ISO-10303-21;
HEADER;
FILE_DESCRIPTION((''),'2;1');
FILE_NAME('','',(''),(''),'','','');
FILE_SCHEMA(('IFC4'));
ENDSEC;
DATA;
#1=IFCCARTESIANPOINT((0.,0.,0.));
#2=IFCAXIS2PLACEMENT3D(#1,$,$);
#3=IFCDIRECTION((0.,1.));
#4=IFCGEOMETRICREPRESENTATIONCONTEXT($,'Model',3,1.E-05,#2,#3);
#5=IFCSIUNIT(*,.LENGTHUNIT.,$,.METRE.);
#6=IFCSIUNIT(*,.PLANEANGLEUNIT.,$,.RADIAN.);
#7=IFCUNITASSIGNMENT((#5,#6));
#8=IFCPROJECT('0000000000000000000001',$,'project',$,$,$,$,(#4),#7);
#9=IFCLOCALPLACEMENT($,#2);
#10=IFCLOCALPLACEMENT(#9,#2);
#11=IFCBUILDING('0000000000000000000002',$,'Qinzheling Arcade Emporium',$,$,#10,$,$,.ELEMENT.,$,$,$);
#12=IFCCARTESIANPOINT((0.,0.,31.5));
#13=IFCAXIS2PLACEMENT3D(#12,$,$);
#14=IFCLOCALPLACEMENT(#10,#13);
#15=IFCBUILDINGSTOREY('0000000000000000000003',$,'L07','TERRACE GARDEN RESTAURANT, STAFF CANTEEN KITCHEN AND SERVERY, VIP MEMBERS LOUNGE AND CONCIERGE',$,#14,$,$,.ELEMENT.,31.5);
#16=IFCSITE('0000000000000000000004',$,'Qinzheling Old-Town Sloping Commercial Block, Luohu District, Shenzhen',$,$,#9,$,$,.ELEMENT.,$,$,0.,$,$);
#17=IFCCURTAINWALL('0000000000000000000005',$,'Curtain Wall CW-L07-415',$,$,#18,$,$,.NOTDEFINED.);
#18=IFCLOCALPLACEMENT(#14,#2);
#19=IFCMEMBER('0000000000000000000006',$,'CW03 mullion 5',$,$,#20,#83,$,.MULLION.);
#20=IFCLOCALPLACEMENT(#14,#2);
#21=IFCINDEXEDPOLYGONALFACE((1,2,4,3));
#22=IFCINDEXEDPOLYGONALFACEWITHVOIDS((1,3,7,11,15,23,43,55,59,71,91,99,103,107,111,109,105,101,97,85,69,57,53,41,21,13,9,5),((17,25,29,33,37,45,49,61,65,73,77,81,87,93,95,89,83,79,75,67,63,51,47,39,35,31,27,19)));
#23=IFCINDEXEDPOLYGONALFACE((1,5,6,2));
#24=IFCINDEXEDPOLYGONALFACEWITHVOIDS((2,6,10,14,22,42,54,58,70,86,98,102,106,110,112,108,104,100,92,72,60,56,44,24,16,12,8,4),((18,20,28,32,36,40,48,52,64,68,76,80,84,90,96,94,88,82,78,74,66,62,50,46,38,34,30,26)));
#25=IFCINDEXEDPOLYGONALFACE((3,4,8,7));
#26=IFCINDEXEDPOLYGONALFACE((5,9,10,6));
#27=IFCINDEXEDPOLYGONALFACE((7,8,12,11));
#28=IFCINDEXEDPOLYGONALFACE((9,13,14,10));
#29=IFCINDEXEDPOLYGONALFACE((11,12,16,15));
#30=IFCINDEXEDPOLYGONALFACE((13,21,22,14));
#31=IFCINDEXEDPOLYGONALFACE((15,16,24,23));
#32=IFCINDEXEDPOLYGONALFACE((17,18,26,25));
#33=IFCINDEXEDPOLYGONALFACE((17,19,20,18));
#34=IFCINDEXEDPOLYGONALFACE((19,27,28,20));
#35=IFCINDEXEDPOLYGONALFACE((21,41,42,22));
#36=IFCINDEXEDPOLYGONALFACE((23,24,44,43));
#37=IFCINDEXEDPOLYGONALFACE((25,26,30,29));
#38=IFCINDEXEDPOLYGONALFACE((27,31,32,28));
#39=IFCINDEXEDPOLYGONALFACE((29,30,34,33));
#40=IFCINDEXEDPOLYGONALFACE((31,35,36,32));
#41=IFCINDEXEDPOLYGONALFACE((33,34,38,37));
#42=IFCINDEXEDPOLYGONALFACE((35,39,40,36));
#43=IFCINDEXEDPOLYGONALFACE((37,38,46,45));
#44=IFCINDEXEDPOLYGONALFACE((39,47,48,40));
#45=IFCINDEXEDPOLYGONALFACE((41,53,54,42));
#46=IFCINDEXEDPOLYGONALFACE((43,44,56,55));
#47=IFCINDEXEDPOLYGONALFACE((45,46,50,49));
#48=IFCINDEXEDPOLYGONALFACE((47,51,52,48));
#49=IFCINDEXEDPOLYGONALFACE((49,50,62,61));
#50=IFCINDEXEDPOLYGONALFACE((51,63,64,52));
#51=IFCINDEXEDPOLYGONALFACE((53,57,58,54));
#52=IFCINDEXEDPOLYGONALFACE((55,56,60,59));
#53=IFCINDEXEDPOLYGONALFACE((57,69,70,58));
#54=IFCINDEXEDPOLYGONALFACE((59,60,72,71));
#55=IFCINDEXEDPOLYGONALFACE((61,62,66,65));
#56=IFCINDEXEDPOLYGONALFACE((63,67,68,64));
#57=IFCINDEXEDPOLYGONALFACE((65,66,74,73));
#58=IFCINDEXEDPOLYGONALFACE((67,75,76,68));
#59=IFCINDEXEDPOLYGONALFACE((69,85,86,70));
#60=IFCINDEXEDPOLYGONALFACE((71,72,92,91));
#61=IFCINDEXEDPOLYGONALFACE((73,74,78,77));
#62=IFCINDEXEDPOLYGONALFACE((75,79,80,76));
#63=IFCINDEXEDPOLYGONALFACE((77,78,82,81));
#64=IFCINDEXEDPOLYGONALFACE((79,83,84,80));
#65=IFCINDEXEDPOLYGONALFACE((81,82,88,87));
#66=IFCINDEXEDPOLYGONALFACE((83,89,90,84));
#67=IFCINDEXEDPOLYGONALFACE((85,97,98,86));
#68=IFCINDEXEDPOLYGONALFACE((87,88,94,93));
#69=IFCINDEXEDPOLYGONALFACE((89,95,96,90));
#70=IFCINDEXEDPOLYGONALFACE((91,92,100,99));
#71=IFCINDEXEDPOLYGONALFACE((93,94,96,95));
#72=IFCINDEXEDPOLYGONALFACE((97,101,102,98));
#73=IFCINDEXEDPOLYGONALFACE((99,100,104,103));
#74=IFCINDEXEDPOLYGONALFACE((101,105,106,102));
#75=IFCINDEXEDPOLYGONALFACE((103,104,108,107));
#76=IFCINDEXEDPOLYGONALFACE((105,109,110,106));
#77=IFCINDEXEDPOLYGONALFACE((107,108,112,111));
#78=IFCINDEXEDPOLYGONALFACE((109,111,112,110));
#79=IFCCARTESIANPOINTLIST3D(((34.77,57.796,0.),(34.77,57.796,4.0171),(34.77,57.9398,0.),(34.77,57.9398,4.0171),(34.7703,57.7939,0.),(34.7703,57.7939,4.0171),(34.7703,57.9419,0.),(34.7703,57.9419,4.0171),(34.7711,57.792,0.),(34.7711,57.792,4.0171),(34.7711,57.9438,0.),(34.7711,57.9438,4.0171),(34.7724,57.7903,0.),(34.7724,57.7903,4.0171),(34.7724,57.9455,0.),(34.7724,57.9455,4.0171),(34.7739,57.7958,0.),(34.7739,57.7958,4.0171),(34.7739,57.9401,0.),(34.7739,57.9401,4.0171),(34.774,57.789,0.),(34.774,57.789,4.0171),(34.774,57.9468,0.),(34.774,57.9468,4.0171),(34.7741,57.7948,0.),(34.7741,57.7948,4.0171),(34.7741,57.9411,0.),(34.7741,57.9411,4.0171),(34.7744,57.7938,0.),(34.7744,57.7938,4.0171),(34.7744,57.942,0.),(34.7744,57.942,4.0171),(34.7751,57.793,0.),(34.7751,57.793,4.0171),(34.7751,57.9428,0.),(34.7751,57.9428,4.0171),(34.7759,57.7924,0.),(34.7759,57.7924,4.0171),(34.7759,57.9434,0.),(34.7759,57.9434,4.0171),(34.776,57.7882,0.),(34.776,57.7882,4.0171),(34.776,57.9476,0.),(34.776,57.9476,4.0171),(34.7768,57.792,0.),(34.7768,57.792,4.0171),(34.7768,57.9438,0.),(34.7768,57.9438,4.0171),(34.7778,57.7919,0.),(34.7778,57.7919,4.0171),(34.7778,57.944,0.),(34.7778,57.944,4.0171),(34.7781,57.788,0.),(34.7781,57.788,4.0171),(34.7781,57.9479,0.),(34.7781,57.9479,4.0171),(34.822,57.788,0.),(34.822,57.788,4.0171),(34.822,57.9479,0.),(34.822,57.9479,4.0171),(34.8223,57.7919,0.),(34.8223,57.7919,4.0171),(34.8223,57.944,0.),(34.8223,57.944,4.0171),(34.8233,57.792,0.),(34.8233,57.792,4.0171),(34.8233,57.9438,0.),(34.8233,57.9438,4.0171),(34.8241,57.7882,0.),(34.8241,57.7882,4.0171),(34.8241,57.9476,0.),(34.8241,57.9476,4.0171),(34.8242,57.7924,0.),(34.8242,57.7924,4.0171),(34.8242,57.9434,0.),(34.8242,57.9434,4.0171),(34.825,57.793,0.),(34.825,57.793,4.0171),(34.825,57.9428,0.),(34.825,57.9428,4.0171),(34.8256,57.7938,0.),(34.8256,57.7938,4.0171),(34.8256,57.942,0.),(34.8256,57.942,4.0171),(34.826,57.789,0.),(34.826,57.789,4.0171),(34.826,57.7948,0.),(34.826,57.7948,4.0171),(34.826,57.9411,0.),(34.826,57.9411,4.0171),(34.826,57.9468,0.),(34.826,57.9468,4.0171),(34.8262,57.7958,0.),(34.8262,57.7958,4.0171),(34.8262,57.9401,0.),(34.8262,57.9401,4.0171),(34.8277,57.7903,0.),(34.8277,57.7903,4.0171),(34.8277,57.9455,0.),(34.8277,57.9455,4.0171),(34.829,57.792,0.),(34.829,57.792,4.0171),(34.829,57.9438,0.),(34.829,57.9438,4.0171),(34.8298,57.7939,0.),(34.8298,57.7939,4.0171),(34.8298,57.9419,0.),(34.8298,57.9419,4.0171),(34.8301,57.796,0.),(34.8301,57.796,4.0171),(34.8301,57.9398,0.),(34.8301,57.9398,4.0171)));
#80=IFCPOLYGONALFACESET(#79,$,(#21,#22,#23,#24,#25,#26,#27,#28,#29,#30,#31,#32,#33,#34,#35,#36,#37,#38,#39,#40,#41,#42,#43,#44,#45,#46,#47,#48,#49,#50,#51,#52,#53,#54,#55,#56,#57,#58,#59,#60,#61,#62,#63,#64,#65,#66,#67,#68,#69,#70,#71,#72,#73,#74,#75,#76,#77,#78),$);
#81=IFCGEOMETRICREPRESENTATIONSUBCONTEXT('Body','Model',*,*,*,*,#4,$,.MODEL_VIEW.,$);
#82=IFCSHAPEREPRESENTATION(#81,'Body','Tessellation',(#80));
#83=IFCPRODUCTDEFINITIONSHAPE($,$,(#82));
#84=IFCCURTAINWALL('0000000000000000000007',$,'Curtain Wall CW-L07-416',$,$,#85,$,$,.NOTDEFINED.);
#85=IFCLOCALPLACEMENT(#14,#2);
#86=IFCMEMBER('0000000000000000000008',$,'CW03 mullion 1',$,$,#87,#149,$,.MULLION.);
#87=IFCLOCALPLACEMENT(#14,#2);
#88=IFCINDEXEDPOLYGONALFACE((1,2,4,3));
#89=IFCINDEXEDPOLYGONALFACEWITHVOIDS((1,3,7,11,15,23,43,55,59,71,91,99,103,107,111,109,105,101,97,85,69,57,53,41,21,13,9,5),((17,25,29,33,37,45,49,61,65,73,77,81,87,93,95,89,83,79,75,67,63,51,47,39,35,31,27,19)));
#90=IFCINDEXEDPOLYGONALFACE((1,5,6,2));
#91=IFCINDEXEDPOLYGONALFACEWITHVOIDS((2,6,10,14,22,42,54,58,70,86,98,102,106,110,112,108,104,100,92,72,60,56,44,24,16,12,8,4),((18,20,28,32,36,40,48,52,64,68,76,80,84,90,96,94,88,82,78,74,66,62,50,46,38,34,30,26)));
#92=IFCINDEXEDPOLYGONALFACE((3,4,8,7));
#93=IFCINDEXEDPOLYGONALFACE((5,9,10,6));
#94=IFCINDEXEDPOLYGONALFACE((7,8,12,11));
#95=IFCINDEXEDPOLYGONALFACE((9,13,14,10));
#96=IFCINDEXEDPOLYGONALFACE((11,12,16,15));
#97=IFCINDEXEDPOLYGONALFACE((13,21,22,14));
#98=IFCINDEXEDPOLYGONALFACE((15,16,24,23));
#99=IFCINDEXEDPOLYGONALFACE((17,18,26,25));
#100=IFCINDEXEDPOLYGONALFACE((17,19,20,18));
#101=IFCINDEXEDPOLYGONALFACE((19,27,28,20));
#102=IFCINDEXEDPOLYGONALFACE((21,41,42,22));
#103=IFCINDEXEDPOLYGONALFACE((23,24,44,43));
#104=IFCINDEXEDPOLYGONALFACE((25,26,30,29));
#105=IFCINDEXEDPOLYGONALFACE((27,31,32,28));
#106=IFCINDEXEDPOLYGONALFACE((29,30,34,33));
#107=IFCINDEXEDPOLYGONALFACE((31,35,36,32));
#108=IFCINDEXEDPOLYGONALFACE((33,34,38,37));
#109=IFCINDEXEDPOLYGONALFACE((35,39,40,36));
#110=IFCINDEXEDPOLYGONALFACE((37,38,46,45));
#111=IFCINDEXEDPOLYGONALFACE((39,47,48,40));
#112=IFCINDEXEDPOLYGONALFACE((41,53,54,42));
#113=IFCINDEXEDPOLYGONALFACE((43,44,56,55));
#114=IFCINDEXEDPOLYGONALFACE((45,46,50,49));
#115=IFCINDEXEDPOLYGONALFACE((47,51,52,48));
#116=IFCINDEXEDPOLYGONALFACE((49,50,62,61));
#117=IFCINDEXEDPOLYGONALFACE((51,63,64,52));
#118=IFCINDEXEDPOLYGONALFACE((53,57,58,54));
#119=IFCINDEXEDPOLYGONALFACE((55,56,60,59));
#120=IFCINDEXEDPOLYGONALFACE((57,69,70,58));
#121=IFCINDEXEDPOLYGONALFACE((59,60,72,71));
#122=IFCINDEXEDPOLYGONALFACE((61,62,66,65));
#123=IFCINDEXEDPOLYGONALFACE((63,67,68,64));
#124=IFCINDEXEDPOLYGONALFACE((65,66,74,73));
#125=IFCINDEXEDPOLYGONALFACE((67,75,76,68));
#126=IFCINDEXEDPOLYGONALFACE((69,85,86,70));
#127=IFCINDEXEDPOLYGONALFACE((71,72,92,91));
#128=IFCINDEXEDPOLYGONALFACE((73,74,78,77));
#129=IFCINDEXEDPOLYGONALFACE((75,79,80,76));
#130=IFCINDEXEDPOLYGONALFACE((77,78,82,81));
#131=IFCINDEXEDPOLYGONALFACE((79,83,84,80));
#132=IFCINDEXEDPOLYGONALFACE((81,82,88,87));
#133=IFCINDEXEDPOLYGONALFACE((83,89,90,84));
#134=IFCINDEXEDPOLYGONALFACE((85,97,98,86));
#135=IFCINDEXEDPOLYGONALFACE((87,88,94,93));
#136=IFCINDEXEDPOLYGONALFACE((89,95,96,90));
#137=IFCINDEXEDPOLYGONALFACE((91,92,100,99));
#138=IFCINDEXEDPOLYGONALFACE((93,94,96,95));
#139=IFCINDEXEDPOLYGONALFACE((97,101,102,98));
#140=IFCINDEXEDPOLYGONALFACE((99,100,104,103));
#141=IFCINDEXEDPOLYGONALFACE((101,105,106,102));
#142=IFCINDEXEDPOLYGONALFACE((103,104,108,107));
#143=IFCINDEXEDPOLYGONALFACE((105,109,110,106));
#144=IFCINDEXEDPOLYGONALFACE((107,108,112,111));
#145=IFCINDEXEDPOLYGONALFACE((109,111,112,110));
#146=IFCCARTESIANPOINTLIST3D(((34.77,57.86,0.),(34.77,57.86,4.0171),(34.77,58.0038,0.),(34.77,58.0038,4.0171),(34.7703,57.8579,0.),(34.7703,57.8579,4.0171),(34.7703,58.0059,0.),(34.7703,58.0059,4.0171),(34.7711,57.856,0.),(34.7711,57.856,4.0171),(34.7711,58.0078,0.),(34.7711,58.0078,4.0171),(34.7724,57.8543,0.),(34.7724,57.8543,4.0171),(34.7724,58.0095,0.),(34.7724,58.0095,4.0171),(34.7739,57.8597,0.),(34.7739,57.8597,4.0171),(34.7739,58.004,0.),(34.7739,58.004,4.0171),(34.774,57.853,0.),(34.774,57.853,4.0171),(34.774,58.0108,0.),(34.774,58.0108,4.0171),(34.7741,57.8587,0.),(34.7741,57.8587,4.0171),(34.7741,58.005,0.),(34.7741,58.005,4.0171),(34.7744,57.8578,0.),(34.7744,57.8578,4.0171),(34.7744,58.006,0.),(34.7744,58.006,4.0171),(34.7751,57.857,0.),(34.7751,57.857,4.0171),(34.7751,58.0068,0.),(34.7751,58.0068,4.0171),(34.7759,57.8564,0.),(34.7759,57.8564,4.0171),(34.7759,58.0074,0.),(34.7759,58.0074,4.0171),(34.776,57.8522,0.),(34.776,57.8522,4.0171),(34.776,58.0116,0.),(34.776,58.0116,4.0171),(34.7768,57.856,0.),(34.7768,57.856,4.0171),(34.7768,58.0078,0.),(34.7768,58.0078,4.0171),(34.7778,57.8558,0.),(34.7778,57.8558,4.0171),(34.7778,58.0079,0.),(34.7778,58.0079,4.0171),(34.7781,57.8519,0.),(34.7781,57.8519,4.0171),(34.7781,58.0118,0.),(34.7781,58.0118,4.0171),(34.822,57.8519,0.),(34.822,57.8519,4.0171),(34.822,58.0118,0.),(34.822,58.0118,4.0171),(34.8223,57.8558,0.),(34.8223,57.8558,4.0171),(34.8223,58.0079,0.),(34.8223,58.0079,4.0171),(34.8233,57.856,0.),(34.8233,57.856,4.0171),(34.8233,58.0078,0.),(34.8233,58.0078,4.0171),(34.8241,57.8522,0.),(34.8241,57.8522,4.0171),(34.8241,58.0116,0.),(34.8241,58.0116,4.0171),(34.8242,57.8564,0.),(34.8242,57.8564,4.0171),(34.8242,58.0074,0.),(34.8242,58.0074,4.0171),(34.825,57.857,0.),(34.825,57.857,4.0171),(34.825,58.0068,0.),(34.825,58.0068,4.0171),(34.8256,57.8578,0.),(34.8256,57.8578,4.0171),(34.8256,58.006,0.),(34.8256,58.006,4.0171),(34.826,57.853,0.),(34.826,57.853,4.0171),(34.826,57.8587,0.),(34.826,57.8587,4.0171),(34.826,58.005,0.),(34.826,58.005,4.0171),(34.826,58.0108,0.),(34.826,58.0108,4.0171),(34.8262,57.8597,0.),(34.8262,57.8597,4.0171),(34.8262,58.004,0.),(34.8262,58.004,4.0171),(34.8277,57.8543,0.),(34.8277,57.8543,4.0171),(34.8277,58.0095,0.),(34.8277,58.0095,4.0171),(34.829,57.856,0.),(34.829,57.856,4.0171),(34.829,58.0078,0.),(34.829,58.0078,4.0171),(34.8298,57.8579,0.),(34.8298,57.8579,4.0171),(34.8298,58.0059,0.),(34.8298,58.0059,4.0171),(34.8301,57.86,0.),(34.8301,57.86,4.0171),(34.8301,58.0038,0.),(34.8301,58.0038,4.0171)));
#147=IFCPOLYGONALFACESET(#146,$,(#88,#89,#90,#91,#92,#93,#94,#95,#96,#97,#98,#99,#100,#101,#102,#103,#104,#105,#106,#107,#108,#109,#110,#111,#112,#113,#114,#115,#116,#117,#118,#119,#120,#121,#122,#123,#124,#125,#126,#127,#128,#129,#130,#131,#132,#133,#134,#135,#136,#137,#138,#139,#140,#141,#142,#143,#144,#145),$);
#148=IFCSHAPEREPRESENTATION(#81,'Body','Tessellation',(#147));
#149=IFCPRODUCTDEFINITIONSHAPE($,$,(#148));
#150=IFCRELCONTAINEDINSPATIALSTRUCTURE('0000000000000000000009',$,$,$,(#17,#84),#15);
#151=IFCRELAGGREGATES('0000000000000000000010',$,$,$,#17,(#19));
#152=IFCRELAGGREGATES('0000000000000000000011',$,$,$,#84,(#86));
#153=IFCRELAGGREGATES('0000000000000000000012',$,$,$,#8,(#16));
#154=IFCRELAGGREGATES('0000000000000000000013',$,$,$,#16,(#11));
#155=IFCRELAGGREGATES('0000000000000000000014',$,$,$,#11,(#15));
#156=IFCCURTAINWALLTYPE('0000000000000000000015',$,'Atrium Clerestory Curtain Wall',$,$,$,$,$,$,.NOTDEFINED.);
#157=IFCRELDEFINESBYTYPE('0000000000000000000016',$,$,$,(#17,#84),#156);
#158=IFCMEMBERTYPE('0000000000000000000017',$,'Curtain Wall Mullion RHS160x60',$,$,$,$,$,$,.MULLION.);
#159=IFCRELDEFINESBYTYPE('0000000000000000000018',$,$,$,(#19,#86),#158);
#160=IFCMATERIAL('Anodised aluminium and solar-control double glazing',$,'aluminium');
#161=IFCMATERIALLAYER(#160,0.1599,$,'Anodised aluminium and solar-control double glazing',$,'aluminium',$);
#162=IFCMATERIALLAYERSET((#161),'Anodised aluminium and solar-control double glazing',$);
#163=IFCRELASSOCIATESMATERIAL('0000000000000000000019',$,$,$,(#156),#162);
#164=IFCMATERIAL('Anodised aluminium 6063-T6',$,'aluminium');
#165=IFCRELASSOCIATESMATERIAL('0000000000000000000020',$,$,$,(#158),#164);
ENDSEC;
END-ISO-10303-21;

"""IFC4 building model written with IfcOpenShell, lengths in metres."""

from ifc_helpers import new_model, si_unit, direction, frame, origin, origin_2d, place, context, subcontext, project, spatial, hollow_rectangle, extrude, material, layer, layer_set, material_profile, profile_set, type_object, element, aggregate, save


model = new_model("IFC4")

# Units and contexts
model_context = context("Model", 3, precision=1e-05, world=origin(), true_north=direction((0.0, 1.0)))
body_context = subcontext(model_context, "Body", "Model", "MODEL_VIEW")
ifc_project = project(units=[si_unit("LENGTHUNIT", "METRE"), si_unit("PLANEANGLEUNIT", "RADIAN")], contexts=[model_context])

# Site, building, storey
site_placement = place(None, origin())
site = spatial("IfcSite", under=ifc_project, at=site_placement, Name="Qinzheling Old-Town Sloping Commercial Block, Luohu District, Shenzhen", CompositionType="ELEMENT", RefElevation=0.0)
building_placement = place(site_placement, origin())
building = spatial("IfcBuilding", under=site, at=building_placement, Name="Qinzheling Arcade Emporium", CompositionType="ELEMENT")
storey_placement = place(building_placement, frame((0.0, 0.0, 31.5)))
storey = spatial("IfcBuildingStorey", under=building, at=storey_placement, Name="L07", Description="TERRACE GARDEN RESTAURANT, STAFF CANTEEN KITCHEN AND SERVERY, VIP MEMBERS LOUNGE AND CONCIERGE", CompositionType="ELEMENT", Elevation=31.5)

# Curtain wall, member
ifc_material_1 = material(Name="Anodised aluminium and solar-control double glazing", Category="aluminium")
ifc_layer_1 = layer(ifc_material_1, 0.1599, Name="Anodised aluminium and solar-control double glazing", Category="aluminium")
ifc_layer_set_1 = layer_set([ifc_layer_1], Name="Anodised aluminium and solar-control double glazing")
curtain_wall_type = type_object("IfcCurtainWallType", Name="Atrium Clerestory Curtain Wall", PredefinedType="NOTDEFINED", material=ifc_layer_set_1)
curtain_wall_1_placement = place(storey_placement, origin())
curtain_wall_1 = element("IfcCurtainWall", 1, at=curtain_wall_1_placement, inside=storey, type_object=curtain_wall_type, Name="Curtain Wall CW-L07-415", PredefinedType="NOTDEFINED")
ifc_material_2 = material(Name="Anodised aluminium 6063-T6", Category="aluminium")
ifc_material_profile_1 = material_profile(ifc_material_2, hollow_rectangle(XDim=0.0601, YDim=0.1599, WallThickness=0.0039, InnerFilletRadius=0.0039, OuterFilletRadius=0.0081, at=origin_2d()), Name="RHS 160x60x4", Category="aluminium")
ifc_profile_set_1 = profile_set([ifc_material_profile_1], Name="Anodised aluminium 6063-T6")
member_type_1 = type_object("IfcMemberType", Name="Curtain Wall Mullion RHS160x60", PredefinedType="MULLION", material=ifc_profile_set_1)
member_1_placement = place(storey_placement, frame((34.8, 57.8679, 0.0), z_axis=(0.0, 0.0, 1.0), x_axis=(-1.0, 0.0, 0.0)))
member_1 = element("IfcMember", 2, at=member_1_placement, type_object=member_type_1, Name="CW03 mullion 5", PredefinedType="MULLION", context=body_context, shape_type="SweptSolid", body=[
    extrude(hollow_rectangle(XDim=0.0601, YDim=0.1599, WallThickness=0.0039, InnerFilletRadius=0.0039, OuterFilletRadius=0.0081, at=origin_2d()), origin(), (0.0, 0.0, 1.0), 4.0171),
])
aggregate(curtain_wall_1, [member_1])

# Curtain wall, member
curtain_wall_2_placement = place(storey_placement, origin())
curtain_wall_2 = element("IfcCurtainWall", 3, at=curtain_wall_2_placement, inside=storey, type_object=curtain_wall_type, Name="Curtain Wall CW-L07-416", PredefinedType="NOTDEFINED")
member_2_placement = place(storey_placement, frame((34.8, 57.9319, 0.0), z_axis=(0.0, 0.0, 1.0), x_axis=(-1.0, 0.0, 0.0)))
member_2 = element("IfcMember", 4, at=member_2_placement, type_object=member_type_1, Name="CW03 mullion 1", PredefinedType="MULLION", context=body_context, shape_type="SweptSolid", body=[
    extrude(hollow_rectangle(XDim=0.0601, YDim=0.1599, WallThickness=0.0039, InnerFilletRadius=0.0039, OuterFilletRadius=0.0081, at=origin_2d()), origin(), (0.0, 0.0, 1.0), 4.0171),
])
aggregate(curtain_wall_2, [member_2])

save(model, "model.ifc")
